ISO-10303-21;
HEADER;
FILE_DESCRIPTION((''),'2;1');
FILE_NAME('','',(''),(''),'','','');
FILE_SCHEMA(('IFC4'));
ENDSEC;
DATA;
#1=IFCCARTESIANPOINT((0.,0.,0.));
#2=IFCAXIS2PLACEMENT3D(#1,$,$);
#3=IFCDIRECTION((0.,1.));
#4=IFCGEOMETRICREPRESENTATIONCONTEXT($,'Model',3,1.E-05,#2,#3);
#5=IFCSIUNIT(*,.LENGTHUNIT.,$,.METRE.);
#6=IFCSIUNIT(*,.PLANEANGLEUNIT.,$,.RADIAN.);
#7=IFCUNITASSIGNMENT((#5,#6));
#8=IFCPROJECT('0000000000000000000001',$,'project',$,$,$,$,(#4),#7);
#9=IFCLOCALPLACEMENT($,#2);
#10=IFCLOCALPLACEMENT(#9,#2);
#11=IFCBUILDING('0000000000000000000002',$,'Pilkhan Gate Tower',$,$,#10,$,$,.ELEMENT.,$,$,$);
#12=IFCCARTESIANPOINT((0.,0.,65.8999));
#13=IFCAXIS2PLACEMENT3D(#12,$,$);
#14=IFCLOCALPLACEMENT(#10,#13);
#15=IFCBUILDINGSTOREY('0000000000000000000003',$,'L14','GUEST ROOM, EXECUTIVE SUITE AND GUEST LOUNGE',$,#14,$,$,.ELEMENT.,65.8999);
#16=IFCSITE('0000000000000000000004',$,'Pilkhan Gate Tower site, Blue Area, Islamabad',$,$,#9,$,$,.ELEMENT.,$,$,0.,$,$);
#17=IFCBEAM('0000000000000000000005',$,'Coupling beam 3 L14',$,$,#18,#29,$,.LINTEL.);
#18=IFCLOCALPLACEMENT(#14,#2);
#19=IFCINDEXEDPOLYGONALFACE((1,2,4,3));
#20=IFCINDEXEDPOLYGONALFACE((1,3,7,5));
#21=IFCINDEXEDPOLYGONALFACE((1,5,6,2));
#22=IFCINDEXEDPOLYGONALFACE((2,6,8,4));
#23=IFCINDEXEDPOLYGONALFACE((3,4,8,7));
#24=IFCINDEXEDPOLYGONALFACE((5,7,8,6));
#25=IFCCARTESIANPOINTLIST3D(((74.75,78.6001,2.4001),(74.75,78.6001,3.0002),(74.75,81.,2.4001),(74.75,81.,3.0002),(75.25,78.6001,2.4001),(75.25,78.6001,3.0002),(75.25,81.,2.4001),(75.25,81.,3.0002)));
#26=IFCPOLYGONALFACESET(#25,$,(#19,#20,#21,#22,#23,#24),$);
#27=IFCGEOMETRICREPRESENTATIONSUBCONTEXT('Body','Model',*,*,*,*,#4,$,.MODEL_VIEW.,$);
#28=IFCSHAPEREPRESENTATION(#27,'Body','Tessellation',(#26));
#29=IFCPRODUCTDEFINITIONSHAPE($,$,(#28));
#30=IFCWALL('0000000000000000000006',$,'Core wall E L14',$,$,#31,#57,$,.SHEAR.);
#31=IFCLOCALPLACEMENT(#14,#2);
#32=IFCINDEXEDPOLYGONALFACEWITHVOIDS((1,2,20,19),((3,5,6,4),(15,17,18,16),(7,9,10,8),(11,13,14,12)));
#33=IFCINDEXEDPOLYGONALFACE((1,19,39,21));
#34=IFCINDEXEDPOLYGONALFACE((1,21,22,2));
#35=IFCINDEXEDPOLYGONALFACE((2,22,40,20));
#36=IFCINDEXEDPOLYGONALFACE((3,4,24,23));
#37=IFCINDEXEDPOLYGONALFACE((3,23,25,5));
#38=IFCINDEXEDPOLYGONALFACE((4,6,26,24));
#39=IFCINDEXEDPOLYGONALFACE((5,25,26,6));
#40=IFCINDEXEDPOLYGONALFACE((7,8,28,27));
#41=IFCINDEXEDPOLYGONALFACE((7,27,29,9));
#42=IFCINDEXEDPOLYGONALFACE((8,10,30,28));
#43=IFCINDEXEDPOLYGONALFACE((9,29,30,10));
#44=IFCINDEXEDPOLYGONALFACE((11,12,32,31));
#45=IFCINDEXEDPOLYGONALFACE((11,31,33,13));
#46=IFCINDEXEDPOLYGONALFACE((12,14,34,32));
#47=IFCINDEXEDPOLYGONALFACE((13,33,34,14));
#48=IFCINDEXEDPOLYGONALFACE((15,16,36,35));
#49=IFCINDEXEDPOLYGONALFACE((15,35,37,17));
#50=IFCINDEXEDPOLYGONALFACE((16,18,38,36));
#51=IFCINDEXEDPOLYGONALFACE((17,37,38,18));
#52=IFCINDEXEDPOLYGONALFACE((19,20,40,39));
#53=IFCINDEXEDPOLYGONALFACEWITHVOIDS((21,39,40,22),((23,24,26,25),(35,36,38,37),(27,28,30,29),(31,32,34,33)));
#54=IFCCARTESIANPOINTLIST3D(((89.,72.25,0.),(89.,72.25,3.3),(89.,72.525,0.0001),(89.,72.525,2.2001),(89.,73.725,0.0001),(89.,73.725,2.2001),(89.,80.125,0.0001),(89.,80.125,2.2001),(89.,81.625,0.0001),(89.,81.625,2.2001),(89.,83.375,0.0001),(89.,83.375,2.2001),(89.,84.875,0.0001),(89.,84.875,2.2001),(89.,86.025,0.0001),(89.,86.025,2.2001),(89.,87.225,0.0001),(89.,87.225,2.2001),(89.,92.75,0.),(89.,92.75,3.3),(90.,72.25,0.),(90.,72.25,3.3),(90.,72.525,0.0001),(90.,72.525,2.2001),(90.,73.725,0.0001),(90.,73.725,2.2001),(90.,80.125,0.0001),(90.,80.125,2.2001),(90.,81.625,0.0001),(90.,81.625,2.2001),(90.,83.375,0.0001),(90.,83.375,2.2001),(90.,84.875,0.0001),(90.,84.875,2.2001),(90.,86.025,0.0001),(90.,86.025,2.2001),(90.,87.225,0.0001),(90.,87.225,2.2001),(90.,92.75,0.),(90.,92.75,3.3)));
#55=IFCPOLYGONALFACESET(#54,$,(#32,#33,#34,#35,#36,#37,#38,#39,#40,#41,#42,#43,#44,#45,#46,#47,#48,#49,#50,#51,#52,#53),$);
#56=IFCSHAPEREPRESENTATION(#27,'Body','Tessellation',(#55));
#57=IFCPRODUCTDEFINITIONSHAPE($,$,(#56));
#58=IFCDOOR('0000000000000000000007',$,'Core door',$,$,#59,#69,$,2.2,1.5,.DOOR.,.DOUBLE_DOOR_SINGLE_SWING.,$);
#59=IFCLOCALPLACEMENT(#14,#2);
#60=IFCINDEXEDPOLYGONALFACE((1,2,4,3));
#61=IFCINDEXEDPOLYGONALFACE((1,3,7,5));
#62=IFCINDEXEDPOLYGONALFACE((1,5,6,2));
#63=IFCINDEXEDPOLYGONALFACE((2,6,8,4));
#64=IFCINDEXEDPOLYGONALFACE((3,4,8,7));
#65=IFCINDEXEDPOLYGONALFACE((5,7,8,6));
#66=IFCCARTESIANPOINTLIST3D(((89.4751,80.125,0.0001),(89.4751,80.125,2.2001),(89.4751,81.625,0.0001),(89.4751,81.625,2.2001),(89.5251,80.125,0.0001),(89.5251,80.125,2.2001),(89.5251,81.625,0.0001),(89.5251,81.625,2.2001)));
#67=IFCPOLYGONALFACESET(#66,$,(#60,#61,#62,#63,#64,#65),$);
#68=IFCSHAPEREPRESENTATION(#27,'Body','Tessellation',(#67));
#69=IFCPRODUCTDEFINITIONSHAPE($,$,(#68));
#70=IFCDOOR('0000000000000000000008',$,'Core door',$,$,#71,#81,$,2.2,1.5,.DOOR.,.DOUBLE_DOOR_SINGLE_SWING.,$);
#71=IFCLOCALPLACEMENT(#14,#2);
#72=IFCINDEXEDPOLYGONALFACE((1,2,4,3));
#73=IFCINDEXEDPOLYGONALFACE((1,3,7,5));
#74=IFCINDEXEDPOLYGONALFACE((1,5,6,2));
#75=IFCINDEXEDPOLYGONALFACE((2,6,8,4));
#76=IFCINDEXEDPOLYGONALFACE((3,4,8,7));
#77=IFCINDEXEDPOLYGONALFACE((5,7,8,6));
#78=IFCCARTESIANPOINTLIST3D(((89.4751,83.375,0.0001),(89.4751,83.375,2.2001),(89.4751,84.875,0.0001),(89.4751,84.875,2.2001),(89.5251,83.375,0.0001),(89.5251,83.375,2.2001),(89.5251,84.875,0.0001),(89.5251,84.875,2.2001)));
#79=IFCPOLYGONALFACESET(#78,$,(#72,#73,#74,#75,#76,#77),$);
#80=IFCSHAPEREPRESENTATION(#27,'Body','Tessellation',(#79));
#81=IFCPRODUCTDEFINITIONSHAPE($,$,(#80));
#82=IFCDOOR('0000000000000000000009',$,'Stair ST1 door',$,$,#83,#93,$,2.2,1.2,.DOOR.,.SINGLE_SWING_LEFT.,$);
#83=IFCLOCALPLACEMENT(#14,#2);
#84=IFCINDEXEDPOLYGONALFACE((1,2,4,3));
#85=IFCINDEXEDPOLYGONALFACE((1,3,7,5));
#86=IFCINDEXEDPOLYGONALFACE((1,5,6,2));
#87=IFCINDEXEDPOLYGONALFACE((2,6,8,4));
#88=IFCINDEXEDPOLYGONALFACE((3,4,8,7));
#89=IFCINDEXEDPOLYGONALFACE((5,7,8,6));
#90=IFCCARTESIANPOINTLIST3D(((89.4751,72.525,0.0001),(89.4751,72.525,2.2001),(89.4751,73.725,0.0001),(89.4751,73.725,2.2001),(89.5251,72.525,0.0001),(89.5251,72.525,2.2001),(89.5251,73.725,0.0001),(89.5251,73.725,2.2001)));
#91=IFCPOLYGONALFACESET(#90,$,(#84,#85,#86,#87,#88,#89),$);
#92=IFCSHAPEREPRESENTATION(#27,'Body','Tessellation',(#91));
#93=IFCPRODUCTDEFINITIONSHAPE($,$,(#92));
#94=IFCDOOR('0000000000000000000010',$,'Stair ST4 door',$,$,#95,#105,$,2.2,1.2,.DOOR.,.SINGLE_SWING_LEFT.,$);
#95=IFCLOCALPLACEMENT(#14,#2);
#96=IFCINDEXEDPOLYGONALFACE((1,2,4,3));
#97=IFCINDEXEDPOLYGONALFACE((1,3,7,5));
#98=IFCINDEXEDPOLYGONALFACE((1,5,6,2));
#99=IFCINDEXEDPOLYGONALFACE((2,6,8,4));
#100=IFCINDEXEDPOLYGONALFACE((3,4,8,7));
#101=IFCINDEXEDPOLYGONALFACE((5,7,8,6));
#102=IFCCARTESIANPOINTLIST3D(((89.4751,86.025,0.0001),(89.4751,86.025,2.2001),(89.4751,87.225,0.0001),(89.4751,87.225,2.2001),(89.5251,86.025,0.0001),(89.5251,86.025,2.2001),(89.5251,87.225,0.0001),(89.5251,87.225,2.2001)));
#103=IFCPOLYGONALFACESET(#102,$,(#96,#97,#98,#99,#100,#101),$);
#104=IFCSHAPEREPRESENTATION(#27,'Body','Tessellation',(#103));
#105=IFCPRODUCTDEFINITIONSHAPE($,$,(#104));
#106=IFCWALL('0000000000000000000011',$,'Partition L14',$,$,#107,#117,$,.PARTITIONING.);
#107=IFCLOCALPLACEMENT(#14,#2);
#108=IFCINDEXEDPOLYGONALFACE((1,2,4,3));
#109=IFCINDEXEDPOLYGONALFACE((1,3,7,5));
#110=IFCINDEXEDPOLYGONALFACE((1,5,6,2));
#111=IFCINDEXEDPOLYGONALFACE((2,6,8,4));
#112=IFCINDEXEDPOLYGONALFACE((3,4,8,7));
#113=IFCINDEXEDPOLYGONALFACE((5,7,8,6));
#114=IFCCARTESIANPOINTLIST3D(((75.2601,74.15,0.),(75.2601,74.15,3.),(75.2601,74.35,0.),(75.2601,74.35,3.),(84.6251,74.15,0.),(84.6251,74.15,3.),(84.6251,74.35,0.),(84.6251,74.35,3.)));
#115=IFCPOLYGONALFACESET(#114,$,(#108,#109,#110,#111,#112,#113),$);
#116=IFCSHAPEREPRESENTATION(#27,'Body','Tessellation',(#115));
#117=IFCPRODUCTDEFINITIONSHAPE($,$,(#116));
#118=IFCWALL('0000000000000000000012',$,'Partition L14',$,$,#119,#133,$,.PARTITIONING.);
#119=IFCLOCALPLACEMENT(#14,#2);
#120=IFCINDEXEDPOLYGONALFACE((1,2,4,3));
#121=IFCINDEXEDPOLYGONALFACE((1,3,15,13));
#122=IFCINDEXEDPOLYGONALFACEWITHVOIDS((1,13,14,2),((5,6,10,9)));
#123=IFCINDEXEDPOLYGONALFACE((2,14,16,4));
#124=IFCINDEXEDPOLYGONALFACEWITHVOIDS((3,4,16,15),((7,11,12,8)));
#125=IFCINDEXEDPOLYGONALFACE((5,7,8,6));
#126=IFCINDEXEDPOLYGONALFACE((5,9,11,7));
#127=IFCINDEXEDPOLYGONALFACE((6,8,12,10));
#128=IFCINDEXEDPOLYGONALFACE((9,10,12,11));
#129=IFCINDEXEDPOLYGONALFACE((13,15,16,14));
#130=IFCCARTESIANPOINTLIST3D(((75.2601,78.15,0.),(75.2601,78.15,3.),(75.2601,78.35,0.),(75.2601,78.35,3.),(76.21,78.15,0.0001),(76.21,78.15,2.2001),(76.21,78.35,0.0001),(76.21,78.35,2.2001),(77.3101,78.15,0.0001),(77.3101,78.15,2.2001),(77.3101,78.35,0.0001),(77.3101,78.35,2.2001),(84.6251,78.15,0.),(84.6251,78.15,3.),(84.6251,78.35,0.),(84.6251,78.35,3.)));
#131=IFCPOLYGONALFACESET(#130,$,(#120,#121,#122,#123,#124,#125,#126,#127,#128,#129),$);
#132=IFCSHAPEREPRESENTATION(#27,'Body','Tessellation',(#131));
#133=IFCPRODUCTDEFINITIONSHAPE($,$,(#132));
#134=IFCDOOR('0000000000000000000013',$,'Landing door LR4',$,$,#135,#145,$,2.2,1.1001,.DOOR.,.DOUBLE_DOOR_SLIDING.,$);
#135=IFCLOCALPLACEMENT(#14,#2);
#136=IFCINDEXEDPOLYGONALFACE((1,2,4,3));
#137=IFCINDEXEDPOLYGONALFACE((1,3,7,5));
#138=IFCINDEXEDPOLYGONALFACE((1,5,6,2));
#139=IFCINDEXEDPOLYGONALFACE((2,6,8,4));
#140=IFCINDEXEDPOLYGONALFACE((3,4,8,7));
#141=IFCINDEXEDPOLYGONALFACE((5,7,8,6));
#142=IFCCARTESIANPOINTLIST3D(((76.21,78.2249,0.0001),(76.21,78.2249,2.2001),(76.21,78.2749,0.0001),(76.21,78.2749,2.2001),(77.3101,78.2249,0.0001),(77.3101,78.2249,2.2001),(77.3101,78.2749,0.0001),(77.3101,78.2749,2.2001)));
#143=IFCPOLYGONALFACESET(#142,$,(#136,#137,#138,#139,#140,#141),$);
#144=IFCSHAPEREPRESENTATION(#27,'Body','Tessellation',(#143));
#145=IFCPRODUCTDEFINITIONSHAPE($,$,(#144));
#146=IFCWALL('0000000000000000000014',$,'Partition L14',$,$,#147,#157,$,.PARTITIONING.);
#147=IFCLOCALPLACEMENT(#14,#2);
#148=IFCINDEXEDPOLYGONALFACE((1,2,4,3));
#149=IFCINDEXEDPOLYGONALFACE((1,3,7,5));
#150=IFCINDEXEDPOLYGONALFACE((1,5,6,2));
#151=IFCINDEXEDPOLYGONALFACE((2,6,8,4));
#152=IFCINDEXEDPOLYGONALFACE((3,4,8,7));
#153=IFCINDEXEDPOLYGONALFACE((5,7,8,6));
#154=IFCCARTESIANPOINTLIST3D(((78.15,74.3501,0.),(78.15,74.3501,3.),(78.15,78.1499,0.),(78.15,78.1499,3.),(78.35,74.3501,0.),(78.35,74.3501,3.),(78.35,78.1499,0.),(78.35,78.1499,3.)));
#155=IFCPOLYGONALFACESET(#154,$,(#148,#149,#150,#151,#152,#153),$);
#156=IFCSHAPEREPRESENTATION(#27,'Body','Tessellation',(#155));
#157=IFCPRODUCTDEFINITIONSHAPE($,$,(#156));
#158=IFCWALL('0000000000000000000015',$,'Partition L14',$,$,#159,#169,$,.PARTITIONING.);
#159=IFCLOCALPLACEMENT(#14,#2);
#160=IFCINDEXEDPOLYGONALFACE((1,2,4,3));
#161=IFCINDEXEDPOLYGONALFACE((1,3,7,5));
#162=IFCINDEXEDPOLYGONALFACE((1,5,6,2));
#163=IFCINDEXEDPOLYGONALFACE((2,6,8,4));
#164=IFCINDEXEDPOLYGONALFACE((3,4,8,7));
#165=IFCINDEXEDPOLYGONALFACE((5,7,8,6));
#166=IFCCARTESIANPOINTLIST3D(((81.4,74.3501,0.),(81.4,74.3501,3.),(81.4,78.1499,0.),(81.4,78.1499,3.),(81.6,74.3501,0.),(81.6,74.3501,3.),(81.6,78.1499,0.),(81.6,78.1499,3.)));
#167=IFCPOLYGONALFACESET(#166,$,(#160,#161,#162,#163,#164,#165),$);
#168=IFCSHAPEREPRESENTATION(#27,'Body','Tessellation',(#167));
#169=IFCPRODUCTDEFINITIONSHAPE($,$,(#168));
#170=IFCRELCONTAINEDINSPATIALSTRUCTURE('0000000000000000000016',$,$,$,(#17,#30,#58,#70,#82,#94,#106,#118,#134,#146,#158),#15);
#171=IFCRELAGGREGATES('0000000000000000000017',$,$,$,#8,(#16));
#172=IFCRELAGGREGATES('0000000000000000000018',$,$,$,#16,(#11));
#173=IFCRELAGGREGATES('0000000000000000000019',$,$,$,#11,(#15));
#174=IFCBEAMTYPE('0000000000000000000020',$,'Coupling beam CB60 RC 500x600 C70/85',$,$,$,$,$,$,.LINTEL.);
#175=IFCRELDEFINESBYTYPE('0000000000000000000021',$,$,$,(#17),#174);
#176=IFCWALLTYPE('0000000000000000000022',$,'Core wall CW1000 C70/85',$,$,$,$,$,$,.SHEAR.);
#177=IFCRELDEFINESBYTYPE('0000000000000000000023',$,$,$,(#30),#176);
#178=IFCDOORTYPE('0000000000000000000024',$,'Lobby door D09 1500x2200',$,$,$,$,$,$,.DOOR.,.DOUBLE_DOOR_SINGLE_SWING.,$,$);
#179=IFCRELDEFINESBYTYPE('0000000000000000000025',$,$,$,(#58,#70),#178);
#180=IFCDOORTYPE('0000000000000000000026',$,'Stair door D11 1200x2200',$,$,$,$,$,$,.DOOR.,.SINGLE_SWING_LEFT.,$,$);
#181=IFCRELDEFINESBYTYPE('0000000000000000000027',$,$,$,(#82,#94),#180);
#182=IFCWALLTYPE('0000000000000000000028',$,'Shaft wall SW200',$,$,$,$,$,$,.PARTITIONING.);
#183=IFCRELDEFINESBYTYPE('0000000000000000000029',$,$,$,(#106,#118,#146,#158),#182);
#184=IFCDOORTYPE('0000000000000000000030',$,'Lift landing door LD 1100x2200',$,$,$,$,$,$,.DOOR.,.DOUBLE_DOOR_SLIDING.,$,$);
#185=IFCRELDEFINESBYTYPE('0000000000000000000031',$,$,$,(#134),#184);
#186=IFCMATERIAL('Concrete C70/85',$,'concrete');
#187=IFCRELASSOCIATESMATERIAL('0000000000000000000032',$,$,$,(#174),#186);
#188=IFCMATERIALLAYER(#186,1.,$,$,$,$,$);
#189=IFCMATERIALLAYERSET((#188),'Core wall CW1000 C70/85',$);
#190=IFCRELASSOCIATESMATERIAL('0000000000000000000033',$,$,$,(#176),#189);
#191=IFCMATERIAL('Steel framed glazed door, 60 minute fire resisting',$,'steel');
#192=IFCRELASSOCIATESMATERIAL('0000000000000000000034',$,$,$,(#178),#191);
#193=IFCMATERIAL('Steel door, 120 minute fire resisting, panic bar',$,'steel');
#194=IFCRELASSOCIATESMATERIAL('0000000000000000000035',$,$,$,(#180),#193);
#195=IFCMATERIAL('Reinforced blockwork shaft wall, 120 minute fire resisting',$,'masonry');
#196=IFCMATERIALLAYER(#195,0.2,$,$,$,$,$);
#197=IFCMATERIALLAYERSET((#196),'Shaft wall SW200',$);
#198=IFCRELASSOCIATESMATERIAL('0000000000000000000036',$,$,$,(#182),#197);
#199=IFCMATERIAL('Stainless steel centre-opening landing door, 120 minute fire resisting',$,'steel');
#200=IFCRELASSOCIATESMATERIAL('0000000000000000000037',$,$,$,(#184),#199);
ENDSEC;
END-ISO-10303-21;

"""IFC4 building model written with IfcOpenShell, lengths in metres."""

from ifc_helpers import new_model, si_unit, direction, frame, frame_2d, origin, origin_2d, place, context, subcontext, project, spatial, rectangle, extrude, material, layer, layer_set, material_profile, profile_set, type_object, element, fill, save


model = new_model("IFC4")

# Units and contexts
model_context = context("Model", 3, precision=1e-05, world=origin(), true_north=direction((0.0, 1.0)))
body_context = subcontext(model_context, "Body", "Model", "MODEL_VIEW")
ifc_project = project(units=[si_unit("LENGTHUNIT", "METRE"), si_unit("PLANEANGLEUNIT", "RADIAN")], contexts=[model_context])

# Site, building, storey
site_placement = place(None, origin())
site = spatial("IfcSite", under=ifc_project, at=site_placement, Name="Pilkhan Gate Tower site, Blue Area, Islamabad", CompositionType="ELEMENT", RefElevation=0.0)
building_placement = place(site_placement, origin())
building = spatial("IfcBuilding", under=site, at=building_placement, Name="Pilkhan Gate Tower", CompositionType="ELEMENT")
storey_placement = place(building_placement, frame((0.0, 0.0, 65.8999)))
storey = spatial("IfcBuildingStorey", under=building, at=storey_placement, Name="L14", Description="GUEST ROOM, EXECUTIVE SUITE AND GUEST LOUNGE", CompositionType="ELEMENT", Elevation=65.8999)

# Beam
ifc_material_1 = material(Name="Concrete C70/85", Category="concrete")
ifc_material_profile = material_profile(ifc_material_1, rectangle(XDim=0.5, YDim=0.6001, at=origin_2d()), Name="RC 500x600")
ifc_profile_set = profile_set([ifc_material_profile], Name="Concrete C70/85")
beam_type = type_object("IfcBeamType", Name="Coupling beam CB60 RC 500x600 C70/85", PredefinedType="LINTEL", material=ifc_profile_set)
beam_placement = place(storey_placement, frame((75.0, 78.6001, 2.7002), z_axis=(0.0, 1.0, 0.0), x_axis=(-1.0, 0.0, 0.0)))
element("IfcBeam", 1, at=beam_placement, inside=storey, type_object=beam_type, Name="Coupling beam 3 L14", PredefinedType="LINTEL", context=body_context, shape_type="SweptSolid", body=[
    extrude(rectangle(XDim=0.5, YDim=0.6001, at=origin_2d()), origin(), (0.0, 0.0, 1.0), 2.3999),
])

# Wall, openings, doors
ifc_layer_1 = layer(ifc_material_1, 1.0)
ifc_layer_set_1 = layer_set([ifc_layer_1], Name="Core wall CW1000 C70/85")
wall_type_1 = type_object("IfcWallType", Name="Core wall CW1000 C70/85", PredefinedType="SHEAR", material=ifc_layer_set_1)
wall_1_placement = place(storey_placement, frame((89.5, 72.25, 0.0), z_axis=(0.0, 0.0, 1.0), x_axis=(0.0, 1.0, 0.0)))
wall_1 = element("IfcWall", 2, at=wall_1_placement, inside=storey, type_object=wall_type_1, Name="Core wall E L14", PredefinedType="SHEAR", context=body_context, shape_type="SweptSolid", body=[
    extrude(rectangle(XDim=20.5, YDim=1.0, at=frame_2d((10.25, 0.0))), origin(), (0.0, 0.0, 1.0), 3.3),
])
opening_1_placement = place(wall_1_placement, frame((0.2749, 0.0, 0.0)))
opening_1 = element("IfcOpeningElement", 3, at=opening_1_placement, cuts=wall_1, PredefinedType="OPENING", context=body_context, shape_type="SweptSolid", body=[
    extrude(rectangle(XDim=1.2, YDim=2.2, at=frame_2d((0.6001, 1.1001))), frame((0.0, 0.51, 0.0), z_axis=(0.0, -1.0, 0.0), x_axis=(1.0, 0.0, 0.0)), (0.0, 0.0, 1.0), 1.02),
])
opening_2_placement = place(wall_1_placement, frame((13.7749, 0.0, 0.0)))
opening_2 = element("IfcOpeningElement", 4, at=opening_2_placement, cuts=wall_1, PredefinedType="OPENING", context=body_context, shape_type="SweptSolid", body=[
    extrude(rectangle(XDim=1.2, YDim=2.2, at=frame_2d((0.6001, 1.1001))), frame((0.0, 0.51, 0.0), z_axis=(0.0, -1.0, 0.0), x_axis=(1.0, 0.0, 0.0)), (0.0, 0.0, 1.0), 1.02),
])
opening_3_placement = place(wall_1_placement, frame((7.875, 0.0, 0.0)))
opening_3 = element("IfcOpeningElement", 5, at=opening_3_placement, cuts=wall_1, PredefinedType="OPENING", context=body_context, shape_type="SweptSolid", body=[
    extrude(rectangle(XDim=1.5, YDim=2.2, at=frame_2d((0.75, 1.1001))), frame((0.0, 0.51, 0.0), z_axis=(0.0, -1.0, 0.0), x_axis=(1.0, 0.0, 0.0)), (0.0, 0.0, 1.0), 1.02),
])
opening_4_placement = place(wall_1_placement, frame((11.125, 0.0, 0.0)))
opening_4 = element("IfcOpeningElement", 6, at=opening_4_placement, cuts=wall_1, PredefinedType="OPENING", context=body_context, shape_type="SweptSolid", body=[
    extrude(rectangle(XDim=1.5, YDim=2.2, at=frame_2d((0.75, 1.1001))), frame((0.0, 0.51, 0.0), z_axis=(0.0, -1.0, 0.0), x_axis=(1.0, 0.0, 0.0)), (0.0, 0.0, 1.0), 1.02),
])
ifc_material_2 = material(Name="Steel framed glazed door, 60 minute fire resisting", Category="steel")
door_type_1 = type_object("IfcDoorType", Name="Lobby door D09 1500x2200", OperationType="DOUBLE_DOOR_SINGLE_SWING", PredefinedType="DOOR", material=ifc_material_2)
door_1_placement = place(opening_3_placement, origin())
door_1 = element("IfcDoor", 7, at=door_1_placement, inside=storey, type_object=door_type_1, Name="Core door", OperationType="DOUBLE_DOOR_SINGLE_SWING", OverallHeight=2.2, OverallWidth=1.5, PredefinedType="DOOR", context=body_context, shape_type="SweptSolid", body=[
    extrude(rectangle(XDim=1.5, YDim=2.2, at=frame_2d((0.75, 1.1001))), frame((0.0, 0.0249, 0.0), z_axis=(0.0, -1.0, 0.0), x_axis=(1.0, 0.0, 0.0)), (0.0, 0.0, 1.0), 0.05),
])
fill(opening_3, door_1)
door_2_placement = place(opening_4_placement, origin())
door_2 = element("IfcDoor", 8, at=door_2_placement, inside=storey, type_object=door_type_1, Name="Core door", OperationType="DOUBLE_DOOR_SINGLE_SWING", OverallHeight=2.2, OverallWidth=1.5, PredefinedType="DOOR", context=body_context, shape_type="SweptSolid", body=[
    extrude(rectangle(XDim=1.5, YDim=2.2, at=frame_2d((0.75, 1.1001))), frame((0.0, 0.0249, 0.0), z_axis=(0.0, -1.0, 0.0), x_axis=(1.0, 0.0, 0.0)), (0.0, 0.0, 1.0), 0.05),
])
fill(opening_4, door_2)
ifc_material_3 = material(Name="Steel door, 120 minute fire resisting, panic bar", Category="steel")
door_type_2 = type_object("IfcDoorType", Name="Stair door D11 1200x2200", OperationType="SINGLE_SWING_LEFT", PredefinedType="DOOR", material=ifc_material_3)
door_3_placement = place(opening_1_placement, origin())
door_3 = element("IfcDoor", 9, at=door_3_placement, inside=storey, type_object=door_type_2, Name="Stair ST1 door", OperationType="SINGLE_SWING_LEFT", OverallHeight=2.2, OverallWidth=1.2, PredefinedType="DOOR", context=body_context, shape_type="SweptSolid", body=[
    extrude(rectangle(XDim=1.2, YDim=2.2, at=frame_2d((0.6001, 1.1001))), frame((0.0, 0.0249, 0.0), z_axis=(0.0, -1.0, 0.0), x_axis=(1.0, 0.0, 0.0)), (0.0, 0.0, 1.0), 0.05),
])
fill(opening_1, door_3)
door_4_placement = place(opening_2_placement, origin())
door_4 = element("IfcDoor", 10, at=door_4_placement, inside=storey, type_object=door_type_2, Name="Stair ST4 door", OperationType="SINGLE_SWING_LEFT", OverallHeight=2.2, OverallWidth=1.2, PredefinedType="DOOR", context=body_context, shape_type="SweptSolid", body=[
    extrude(rectangle(XDim=1.2, YDim=2.2, at=frame_2d((0.6001, 1.1001))), frame((0.0, 0.0249, 0.0), z_axis=(0.0, -1.0, 0.0), x_axis=(1.0, 0.0, 0.0)), (0.0, 0.0, 1.0), 0.05),
])
fill(opening_2, door_4)

# Wall
ifc_material_4 = material(Name="Reinforced blockwork shaft wall, 120 minute fire resisting", Category="masonry")
ifc_layer_2 = layer(ifc_material_4, 0.2)
ifc_layer_set_2 = layer_set([ifc_layer_2], Name="Shaft wall SW200")
wall_type_2 = type_object("IfcWallType", Name="Shaft wall SW200", PredefinedType="PARTITIONING", material=ifc_layer_set_2)
wall_2_placement = place(storey_placement, frame((75.26, 74.25, 0.0), z_axis=(0.0, 0.0, 1.0), x_axis=(1.0, 0.0, 0.0)))
element("IfcWall", 11, at=wall_2_placement, inside=storey, type_object=wall_type_2, Name="Partition L14", PredefinedType="PARTITIONING", context=body_context, shape_type="SweptSolid", body=[
    extrude(rectangle(XDim=9.365, YDim=0.2, at=frame_2d((4.6826, 0.0))), origin(), (0.0, 0.0, 1.0), 3.0),
])

# Wall, opening, door
wall_3_placement = place(storey_placement, frame((75.26, 78.25, 0.0), z_axis=(0.0, 0.0, 1.0), x_axis=(1.0, 0.0, 0.0)))
wall_3 = element("IfcWall", 12, at=wall_3_placement, inside=storey, type_object=wall_type_2, Name="Partition L14", PredefinedType="PARTITIONING", context=body_context, shape_type="SweptSolid", body=[
    extrude(rectangle(XDim=9.365, YDim=0.2, at=frame_2d((4.6826, 0.0))), origin(), (0.0, 0.0, 1.0), 3.0),
])
opening_5_placement = place(wall_3_placement, frame((0.95, 0.0, 0.0)))
opening_5 = element("IfcOpeningElement", 13, at=opening_5_placement, cuts=wall_3, PredefinedType="OPENING", context=body_context, shape_type="SweptSolid", body=[
    extrude(rectangle(XDim=1.1001, YDim=2.2, at=frame_2d((0.55, 1.1001))), frame((0.0, 0.1099, 0.0), z_axis=(0.0, -1.0, 0.0), x_axis=(1.0, 0.0, 0.0)), (0.0, 0.0, 1.0), 0.22),
])
ifc_material_5 = material(Name="Stainless steel centre-opening landing door, 120 minute fire resisting", Category="steel")
door_type_3 = type_object("IfcDoorType", Name="Lift landing door LD 1100x2200", OperationType="DOUBLE_DOOR_SLIDING", PredefinedType="DOOR", material=ifc_material_5)
door_5_placement = place(opening_5_placement, origin())
door_5 = element("IfcDoor", 14, at=door_5_placement, inside=storey, type_object=door_type_3, Name="Landing door LR4", OperationType="DOUBLE_DOOR_SLIDING", OverallHeight=2.2, OverallWidth=1.1001, PredefinedType="DOOR", context=body_context, shape_type="SweptSolid", body=[
    extrude(rectangle(XDim=1.1001, YDim=2.2, at=frame_2d((0.55, 1.1001))), frame((0.0, 0.0249, 0.0), z_axis=(0.0, -1.0, 0.0), x_axis=(1.0, 0.0, 0.0)), (0.0, 0.0, 1.0), 0.05),
])
fill(opening_5, door_5)

# Walls
for number, where, z_axis, x_axis, name in (
    (15, (78.25, 74.3501, 0.0), (0.0, 0.0, 1.0), (0.0, 1.0, 0.0), "Partition L14"),
    (16, (81.5, 74.3501, 0.0), (0.0, 0.0, 1.0), (0.0, 1.0, 0.0), "Partition L14"),
):
    element("IfcWall", number, at=place(storey_placement, frame(where, z_axis=z_axis, x_axis=x_axis)), inside=storey, type_object=wall_type_2, Name=name, PredefinedType="PARTITIONING", context=body_context, shape_type="SweptSolid", body=[
        extrude(rectangle(XDim=3.7998, YDim=0.2, at=frame_2d((1.8999, 0.0))), origin(), (0.0, 0.0, 1.0), 3.0),
    ])

save(model, "model.ifc")
